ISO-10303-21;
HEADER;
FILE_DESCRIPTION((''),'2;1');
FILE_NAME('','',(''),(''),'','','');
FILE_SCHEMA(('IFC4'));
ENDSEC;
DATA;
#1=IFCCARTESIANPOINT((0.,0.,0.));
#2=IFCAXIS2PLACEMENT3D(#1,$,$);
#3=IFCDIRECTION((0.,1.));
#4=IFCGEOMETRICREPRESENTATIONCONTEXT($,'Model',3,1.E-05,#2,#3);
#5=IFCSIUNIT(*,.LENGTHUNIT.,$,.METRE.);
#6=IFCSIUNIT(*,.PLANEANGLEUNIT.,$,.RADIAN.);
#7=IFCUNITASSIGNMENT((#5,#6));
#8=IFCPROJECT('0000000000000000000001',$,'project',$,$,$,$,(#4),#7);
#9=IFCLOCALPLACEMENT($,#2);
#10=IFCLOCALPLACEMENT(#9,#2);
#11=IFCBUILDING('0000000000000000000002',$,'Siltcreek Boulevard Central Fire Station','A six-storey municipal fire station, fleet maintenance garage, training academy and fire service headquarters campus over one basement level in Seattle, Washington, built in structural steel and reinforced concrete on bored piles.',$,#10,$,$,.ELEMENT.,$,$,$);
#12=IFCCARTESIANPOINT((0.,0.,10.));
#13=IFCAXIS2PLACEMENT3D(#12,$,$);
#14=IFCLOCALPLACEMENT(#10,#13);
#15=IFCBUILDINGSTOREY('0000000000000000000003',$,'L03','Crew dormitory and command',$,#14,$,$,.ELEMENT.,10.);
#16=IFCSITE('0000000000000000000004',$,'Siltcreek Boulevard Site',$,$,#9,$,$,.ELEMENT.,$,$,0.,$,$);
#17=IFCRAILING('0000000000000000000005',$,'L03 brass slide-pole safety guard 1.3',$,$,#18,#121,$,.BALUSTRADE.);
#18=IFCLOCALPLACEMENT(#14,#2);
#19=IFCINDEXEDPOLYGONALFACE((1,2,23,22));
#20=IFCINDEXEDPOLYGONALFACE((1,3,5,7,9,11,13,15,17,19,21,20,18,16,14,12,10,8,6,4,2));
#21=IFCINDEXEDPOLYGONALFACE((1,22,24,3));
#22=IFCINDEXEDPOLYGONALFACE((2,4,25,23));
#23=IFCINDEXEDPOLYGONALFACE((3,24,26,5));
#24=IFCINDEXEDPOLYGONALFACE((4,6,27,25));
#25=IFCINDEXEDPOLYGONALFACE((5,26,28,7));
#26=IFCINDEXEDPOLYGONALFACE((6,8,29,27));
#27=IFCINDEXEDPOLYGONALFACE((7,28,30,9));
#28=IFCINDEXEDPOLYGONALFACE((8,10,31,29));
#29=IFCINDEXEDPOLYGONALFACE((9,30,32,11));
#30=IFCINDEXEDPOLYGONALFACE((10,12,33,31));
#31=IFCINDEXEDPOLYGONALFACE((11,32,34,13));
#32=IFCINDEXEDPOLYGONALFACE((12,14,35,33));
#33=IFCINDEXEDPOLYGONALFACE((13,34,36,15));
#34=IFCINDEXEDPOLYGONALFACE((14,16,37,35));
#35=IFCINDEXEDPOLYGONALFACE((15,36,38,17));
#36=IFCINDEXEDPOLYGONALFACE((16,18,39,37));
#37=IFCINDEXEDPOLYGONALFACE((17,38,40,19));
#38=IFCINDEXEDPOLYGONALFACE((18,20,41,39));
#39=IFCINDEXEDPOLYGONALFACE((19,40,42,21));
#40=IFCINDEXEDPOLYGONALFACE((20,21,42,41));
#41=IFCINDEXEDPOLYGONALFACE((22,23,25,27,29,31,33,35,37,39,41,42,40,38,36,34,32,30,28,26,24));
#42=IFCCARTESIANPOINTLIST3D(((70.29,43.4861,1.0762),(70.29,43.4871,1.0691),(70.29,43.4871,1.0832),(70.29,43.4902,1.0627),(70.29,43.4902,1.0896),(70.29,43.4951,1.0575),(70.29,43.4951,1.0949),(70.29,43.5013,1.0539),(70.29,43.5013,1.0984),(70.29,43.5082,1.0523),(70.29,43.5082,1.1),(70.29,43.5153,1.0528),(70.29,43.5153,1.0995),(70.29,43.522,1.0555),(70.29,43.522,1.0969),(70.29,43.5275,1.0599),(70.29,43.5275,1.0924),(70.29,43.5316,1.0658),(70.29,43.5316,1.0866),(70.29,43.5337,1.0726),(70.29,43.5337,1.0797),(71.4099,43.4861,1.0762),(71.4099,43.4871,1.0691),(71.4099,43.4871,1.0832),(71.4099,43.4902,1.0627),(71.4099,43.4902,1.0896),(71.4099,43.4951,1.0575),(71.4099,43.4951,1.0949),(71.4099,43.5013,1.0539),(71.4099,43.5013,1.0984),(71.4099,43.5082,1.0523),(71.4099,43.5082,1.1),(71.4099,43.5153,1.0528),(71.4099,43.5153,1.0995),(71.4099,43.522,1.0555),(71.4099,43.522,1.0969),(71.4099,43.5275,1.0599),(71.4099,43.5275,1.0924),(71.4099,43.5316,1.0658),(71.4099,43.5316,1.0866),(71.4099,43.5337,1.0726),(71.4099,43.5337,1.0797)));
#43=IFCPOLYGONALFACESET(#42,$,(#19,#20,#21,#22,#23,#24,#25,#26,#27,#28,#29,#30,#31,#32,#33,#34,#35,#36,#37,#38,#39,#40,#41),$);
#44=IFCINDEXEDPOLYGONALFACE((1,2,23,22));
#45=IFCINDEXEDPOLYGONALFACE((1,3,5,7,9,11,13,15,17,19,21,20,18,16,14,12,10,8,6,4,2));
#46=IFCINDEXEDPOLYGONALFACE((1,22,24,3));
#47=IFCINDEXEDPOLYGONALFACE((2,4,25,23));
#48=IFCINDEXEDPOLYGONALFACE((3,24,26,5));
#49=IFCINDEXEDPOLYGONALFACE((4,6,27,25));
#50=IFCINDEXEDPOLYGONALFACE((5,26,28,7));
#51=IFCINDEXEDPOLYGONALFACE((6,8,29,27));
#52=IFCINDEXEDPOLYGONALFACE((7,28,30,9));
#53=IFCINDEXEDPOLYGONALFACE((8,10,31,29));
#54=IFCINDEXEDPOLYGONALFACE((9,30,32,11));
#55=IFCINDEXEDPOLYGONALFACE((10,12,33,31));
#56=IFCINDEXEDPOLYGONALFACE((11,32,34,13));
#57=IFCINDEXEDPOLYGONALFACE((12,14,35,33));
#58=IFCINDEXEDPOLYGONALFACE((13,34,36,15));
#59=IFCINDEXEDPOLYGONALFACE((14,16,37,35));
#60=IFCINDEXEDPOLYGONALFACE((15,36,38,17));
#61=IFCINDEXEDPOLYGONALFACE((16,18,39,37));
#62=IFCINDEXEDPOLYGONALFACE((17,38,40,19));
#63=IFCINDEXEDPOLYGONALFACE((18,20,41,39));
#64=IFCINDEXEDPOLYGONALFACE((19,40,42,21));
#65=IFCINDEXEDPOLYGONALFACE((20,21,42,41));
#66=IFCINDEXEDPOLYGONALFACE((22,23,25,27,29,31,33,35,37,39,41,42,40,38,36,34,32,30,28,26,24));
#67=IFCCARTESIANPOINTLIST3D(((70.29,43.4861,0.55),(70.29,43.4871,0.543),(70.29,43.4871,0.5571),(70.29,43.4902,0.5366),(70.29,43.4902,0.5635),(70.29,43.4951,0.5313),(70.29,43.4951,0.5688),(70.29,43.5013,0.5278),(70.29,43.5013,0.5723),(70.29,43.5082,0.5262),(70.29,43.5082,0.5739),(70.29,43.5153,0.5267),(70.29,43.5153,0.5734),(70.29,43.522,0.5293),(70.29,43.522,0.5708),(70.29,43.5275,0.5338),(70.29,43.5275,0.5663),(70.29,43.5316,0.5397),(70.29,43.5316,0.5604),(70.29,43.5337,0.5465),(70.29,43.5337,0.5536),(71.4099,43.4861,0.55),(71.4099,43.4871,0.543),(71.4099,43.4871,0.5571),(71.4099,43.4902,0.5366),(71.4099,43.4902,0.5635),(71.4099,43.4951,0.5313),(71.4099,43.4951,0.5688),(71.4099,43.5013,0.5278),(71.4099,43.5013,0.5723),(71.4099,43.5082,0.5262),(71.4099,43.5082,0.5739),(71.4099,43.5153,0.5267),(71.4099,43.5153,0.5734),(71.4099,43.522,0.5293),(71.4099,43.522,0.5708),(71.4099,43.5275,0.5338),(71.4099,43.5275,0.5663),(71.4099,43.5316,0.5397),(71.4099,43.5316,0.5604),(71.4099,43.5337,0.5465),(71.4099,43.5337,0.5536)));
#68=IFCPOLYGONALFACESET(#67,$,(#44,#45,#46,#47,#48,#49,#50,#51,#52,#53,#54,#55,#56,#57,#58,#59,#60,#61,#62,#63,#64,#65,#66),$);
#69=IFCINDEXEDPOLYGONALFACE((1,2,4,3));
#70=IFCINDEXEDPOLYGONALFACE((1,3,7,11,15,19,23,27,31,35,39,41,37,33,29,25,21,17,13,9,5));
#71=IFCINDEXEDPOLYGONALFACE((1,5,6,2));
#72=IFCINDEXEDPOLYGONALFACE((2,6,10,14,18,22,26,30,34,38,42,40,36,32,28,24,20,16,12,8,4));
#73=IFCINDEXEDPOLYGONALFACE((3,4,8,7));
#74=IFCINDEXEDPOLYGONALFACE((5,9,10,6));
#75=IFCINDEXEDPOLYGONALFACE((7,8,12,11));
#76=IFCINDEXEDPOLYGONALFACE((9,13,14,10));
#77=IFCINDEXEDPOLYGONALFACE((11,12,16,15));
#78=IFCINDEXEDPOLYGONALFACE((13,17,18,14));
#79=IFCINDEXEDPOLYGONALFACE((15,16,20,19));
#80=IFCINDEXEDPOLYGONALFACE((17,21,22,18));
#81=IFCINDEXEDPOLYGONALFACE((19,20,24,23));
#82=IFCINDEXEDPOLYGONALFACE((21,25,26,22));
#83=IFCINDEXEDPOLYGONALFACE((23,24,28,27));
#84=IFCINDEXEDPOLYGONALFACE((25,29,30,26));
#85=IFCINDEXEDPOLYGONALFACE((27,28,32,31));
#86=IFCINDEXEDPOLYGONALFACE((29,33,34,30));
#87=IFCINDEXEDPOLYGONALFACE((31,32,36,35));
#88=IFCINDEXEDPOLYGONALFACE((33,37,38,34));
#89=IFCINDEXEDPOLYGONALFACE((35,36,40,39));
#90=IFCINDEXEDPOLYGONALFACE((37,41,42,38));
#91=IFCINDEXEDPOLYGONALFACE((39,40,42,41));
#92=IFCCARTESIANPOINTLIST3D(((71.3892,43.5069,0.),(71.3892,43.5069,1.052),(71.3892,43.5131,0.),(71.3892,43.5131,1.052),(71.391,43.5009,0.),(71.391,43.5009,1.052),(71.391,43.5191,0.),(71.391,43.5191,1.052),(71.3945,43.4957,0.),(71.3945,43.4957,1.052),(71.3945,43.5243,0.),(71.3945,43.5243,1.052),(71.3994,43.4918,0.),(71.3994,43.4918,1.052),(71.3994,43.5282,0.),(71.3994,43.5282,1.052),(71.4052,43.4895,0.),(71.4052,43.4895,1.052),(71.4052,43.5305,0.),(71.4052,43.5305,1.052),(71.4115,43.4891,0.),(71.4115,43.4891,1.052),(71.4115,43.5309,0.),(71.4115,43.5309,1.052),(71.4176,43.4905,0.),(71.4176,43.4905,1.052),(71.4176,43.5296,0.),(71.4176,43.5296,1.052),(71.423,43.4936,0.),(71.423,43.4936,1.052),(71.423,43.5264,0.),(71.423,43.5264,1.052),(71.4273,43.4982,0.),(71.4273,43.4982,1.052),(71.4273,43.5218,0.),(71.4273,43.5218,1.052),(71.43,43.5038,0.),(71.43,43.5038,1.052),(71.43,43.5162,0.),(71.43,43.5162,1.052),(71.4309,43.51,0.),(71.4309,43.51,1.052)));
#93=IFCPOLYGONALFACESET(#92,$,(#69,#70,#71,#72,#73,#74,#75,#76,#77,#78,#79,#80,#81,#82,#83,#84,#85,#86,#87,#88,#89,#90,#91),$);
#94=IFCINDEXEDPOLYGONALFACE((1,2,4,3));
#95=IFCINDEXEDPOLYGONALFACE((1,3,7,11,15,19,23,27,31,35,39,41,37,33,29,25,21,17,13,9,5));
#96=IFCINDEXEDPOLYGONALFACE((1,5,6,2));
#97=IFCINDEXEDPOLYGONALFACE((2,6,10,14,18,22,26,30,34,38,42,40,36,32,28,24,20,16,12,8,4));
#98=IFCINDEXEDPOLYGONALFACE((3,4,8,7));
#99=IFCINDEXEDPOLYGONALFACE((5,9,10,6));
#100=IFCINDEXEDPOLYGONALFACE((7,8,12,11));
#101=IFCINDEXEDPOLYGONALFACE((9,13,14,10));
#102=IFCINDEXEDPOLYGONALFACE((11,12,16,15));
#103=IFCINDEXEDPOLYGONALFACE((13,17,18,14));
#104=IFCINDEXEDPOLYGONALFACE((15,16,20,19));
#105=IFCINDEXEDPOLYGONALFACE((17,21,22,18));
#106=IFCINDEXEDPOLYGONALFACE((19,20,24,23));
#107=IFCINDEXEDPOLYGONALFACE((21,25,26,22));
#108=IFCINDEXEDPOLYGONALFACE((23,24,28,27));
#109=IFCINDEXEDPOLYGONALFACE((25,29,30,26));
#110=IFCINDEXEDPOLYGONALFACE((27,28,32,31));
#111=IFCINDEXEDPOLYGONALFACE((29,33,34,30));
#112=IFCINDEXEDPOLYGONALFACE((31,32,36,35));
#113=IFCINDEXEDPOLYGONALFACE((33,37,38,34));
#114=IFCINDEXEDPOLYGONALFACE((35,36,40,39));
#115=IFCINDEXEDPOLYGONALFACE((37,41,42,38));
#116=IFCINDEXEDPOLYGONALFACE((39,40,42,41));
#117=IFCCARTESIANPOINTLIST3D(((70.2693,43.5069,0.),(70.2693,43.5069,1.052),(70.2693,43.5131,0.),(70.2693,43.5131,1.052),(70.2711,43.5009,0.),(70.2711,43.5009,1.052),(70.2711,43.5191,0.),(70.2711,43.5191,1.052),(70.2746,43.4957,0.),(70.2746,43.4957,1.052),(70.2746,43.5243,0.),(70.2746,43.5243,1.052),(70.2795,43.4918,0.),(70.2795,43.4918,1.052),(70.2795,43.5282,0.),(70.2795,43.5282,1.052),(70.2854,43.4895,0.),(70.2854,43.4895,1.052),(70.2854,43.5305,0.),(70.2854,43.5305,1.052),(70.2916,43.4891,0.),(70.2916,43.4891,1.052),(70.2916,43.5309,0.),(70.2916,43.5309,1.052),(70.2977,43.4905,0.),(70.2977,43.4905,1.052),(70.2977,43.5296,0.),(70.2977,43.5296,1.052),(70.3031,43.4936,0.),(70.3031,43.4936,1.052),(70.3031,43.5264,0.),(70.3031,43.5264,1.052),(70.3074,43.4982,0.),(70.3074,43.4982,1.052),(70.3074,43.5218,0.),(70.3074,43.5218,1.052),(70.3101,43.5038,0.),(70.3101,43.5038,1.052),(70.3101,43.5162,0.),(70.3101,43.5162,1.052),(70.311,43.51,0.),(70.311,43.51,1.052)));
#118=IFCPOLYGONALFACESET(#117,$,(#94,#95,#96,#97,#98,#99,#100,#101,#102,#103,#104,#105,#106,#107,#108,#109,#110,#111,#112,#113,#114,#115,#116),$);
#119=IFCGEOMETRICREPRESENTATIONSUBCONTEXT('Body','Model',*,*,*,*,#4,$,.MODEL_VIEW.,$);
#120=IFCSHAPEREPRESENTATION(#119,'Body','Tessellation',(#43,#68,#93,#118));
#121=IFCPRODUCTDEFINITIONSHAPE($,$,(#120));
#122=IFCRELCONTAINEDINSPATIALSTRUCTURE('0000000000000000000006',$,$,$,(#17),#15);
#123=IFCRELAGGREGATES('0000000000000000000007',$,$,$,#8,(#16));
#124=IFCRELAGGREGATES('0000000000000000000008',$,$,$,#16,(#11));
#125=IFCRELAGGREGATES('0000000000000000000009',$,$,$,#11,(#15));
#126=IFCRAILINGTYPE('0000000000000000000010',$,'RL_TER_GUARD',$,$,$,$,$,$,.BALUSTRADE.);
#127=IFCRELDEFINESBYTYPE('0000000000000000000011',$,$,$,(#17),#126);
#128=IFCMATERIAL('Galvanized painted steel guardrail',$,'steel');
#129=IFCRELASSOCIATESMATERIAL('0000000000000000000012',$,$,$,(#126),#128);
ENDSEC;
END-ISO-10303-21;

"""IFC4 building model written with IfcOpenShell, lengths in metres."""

from ifc_helpers import new_model, si_unit, direction, frame, origin, origin_2d, place, context, subcontext, project, spatial, circle, extrude, material, type_object, element, save


model = new_model("IFC4")

# Units and contexts
model_context = context("Model", 3, precision=1e-05, world=origin(), true_north=direction((0.0, 1.0)))
body_context = subcontext(model_context, "Body", "Model", "MODEL_VIEW")
ifc_project = project(units=[si_unit("LENGTHUNIT", "METRE"), si_unit("PLANEANGLEUNIT", "RADIAN")], contexts=[model_context])

# Site, building, storey
site_placement = place(None, origin())
site = spatial("IfcSite", under=ifc_project, at=site_placement, Name="Siltcreek Boulevard Site", CompositionType="ELEMENT", RefElevation=0.0)
building_placement = place(site_placement, origin())
building = spatial("IfcBuilding", under=site, at=building_placement, Name="Siltcreek Boulevard Central Fire Station", Description="A six-storey municipal fire station, fleet maintenance garage, training academy and fire service headquarters campus over one basement level in Seattle, Washington, built in structural steel and reinforced concrete on bored piles.", CompositionType="ELEMENT")
storey_placement = place(building_placement, frame((0.0, 0.0, 10.0)))
storey = spatial("IfcBuildingStorey", under=building, at=storey_placement, Name="L03", Description="Crew dormitory and command", CompositionType="ELEMENT", Elevation=10.0)

# Railing
ifc_material_1 = material(Name="Galvanized painted steel guardrail", Category="steel")
railing_type = type_object("IfcRailingType", Name="RL_TER_GUARD", PredefinedType="BALUSTRADE", material=ifc_material_1)
railing_1_placement = place(storey_placement, frame((71.4099, 43.51, 0.0)))
element("IfcRailing", 1, at=railing_1_placement, inside=storey, type_object=railing_type, Name="L03 brass slide-pole safety guard 1.3", PredefinedType="BALUSTRADE", context=body_context, shape_type="SweptSolid", body=[
    extrude(circle(Radius=0.0239, at=origin_2d()), frame((0.0, 0.0, 1.0762), z_axis=(-1.0, 0.0, 0.0), x_axis=(0.0, -1.0, 0.0)), (0.0, 0.0, 1.0), 1.1199),
    extrude(circle(Radius=0.0239, at=origin_2d()), frame((0.0, 0.0, 0.55), z_axis=(-1.0, 0.0, 0.0), x_axis=(0.0, -1.0, 0.0)), (0.0, 0.0, 1.0), 1.1199),
    extrude(circle(Radius=0.021, at=origin_2d()), origin(), (0.0, 0.0, 1.0), 1.052),
    extrude(circle(Radius=0.021, at=origin_2d()), frame((-1.1199, 0.0, 0.0)), (0.0, 0.0, 1.0), 1.052),
])

save(model, "model.ifc")
